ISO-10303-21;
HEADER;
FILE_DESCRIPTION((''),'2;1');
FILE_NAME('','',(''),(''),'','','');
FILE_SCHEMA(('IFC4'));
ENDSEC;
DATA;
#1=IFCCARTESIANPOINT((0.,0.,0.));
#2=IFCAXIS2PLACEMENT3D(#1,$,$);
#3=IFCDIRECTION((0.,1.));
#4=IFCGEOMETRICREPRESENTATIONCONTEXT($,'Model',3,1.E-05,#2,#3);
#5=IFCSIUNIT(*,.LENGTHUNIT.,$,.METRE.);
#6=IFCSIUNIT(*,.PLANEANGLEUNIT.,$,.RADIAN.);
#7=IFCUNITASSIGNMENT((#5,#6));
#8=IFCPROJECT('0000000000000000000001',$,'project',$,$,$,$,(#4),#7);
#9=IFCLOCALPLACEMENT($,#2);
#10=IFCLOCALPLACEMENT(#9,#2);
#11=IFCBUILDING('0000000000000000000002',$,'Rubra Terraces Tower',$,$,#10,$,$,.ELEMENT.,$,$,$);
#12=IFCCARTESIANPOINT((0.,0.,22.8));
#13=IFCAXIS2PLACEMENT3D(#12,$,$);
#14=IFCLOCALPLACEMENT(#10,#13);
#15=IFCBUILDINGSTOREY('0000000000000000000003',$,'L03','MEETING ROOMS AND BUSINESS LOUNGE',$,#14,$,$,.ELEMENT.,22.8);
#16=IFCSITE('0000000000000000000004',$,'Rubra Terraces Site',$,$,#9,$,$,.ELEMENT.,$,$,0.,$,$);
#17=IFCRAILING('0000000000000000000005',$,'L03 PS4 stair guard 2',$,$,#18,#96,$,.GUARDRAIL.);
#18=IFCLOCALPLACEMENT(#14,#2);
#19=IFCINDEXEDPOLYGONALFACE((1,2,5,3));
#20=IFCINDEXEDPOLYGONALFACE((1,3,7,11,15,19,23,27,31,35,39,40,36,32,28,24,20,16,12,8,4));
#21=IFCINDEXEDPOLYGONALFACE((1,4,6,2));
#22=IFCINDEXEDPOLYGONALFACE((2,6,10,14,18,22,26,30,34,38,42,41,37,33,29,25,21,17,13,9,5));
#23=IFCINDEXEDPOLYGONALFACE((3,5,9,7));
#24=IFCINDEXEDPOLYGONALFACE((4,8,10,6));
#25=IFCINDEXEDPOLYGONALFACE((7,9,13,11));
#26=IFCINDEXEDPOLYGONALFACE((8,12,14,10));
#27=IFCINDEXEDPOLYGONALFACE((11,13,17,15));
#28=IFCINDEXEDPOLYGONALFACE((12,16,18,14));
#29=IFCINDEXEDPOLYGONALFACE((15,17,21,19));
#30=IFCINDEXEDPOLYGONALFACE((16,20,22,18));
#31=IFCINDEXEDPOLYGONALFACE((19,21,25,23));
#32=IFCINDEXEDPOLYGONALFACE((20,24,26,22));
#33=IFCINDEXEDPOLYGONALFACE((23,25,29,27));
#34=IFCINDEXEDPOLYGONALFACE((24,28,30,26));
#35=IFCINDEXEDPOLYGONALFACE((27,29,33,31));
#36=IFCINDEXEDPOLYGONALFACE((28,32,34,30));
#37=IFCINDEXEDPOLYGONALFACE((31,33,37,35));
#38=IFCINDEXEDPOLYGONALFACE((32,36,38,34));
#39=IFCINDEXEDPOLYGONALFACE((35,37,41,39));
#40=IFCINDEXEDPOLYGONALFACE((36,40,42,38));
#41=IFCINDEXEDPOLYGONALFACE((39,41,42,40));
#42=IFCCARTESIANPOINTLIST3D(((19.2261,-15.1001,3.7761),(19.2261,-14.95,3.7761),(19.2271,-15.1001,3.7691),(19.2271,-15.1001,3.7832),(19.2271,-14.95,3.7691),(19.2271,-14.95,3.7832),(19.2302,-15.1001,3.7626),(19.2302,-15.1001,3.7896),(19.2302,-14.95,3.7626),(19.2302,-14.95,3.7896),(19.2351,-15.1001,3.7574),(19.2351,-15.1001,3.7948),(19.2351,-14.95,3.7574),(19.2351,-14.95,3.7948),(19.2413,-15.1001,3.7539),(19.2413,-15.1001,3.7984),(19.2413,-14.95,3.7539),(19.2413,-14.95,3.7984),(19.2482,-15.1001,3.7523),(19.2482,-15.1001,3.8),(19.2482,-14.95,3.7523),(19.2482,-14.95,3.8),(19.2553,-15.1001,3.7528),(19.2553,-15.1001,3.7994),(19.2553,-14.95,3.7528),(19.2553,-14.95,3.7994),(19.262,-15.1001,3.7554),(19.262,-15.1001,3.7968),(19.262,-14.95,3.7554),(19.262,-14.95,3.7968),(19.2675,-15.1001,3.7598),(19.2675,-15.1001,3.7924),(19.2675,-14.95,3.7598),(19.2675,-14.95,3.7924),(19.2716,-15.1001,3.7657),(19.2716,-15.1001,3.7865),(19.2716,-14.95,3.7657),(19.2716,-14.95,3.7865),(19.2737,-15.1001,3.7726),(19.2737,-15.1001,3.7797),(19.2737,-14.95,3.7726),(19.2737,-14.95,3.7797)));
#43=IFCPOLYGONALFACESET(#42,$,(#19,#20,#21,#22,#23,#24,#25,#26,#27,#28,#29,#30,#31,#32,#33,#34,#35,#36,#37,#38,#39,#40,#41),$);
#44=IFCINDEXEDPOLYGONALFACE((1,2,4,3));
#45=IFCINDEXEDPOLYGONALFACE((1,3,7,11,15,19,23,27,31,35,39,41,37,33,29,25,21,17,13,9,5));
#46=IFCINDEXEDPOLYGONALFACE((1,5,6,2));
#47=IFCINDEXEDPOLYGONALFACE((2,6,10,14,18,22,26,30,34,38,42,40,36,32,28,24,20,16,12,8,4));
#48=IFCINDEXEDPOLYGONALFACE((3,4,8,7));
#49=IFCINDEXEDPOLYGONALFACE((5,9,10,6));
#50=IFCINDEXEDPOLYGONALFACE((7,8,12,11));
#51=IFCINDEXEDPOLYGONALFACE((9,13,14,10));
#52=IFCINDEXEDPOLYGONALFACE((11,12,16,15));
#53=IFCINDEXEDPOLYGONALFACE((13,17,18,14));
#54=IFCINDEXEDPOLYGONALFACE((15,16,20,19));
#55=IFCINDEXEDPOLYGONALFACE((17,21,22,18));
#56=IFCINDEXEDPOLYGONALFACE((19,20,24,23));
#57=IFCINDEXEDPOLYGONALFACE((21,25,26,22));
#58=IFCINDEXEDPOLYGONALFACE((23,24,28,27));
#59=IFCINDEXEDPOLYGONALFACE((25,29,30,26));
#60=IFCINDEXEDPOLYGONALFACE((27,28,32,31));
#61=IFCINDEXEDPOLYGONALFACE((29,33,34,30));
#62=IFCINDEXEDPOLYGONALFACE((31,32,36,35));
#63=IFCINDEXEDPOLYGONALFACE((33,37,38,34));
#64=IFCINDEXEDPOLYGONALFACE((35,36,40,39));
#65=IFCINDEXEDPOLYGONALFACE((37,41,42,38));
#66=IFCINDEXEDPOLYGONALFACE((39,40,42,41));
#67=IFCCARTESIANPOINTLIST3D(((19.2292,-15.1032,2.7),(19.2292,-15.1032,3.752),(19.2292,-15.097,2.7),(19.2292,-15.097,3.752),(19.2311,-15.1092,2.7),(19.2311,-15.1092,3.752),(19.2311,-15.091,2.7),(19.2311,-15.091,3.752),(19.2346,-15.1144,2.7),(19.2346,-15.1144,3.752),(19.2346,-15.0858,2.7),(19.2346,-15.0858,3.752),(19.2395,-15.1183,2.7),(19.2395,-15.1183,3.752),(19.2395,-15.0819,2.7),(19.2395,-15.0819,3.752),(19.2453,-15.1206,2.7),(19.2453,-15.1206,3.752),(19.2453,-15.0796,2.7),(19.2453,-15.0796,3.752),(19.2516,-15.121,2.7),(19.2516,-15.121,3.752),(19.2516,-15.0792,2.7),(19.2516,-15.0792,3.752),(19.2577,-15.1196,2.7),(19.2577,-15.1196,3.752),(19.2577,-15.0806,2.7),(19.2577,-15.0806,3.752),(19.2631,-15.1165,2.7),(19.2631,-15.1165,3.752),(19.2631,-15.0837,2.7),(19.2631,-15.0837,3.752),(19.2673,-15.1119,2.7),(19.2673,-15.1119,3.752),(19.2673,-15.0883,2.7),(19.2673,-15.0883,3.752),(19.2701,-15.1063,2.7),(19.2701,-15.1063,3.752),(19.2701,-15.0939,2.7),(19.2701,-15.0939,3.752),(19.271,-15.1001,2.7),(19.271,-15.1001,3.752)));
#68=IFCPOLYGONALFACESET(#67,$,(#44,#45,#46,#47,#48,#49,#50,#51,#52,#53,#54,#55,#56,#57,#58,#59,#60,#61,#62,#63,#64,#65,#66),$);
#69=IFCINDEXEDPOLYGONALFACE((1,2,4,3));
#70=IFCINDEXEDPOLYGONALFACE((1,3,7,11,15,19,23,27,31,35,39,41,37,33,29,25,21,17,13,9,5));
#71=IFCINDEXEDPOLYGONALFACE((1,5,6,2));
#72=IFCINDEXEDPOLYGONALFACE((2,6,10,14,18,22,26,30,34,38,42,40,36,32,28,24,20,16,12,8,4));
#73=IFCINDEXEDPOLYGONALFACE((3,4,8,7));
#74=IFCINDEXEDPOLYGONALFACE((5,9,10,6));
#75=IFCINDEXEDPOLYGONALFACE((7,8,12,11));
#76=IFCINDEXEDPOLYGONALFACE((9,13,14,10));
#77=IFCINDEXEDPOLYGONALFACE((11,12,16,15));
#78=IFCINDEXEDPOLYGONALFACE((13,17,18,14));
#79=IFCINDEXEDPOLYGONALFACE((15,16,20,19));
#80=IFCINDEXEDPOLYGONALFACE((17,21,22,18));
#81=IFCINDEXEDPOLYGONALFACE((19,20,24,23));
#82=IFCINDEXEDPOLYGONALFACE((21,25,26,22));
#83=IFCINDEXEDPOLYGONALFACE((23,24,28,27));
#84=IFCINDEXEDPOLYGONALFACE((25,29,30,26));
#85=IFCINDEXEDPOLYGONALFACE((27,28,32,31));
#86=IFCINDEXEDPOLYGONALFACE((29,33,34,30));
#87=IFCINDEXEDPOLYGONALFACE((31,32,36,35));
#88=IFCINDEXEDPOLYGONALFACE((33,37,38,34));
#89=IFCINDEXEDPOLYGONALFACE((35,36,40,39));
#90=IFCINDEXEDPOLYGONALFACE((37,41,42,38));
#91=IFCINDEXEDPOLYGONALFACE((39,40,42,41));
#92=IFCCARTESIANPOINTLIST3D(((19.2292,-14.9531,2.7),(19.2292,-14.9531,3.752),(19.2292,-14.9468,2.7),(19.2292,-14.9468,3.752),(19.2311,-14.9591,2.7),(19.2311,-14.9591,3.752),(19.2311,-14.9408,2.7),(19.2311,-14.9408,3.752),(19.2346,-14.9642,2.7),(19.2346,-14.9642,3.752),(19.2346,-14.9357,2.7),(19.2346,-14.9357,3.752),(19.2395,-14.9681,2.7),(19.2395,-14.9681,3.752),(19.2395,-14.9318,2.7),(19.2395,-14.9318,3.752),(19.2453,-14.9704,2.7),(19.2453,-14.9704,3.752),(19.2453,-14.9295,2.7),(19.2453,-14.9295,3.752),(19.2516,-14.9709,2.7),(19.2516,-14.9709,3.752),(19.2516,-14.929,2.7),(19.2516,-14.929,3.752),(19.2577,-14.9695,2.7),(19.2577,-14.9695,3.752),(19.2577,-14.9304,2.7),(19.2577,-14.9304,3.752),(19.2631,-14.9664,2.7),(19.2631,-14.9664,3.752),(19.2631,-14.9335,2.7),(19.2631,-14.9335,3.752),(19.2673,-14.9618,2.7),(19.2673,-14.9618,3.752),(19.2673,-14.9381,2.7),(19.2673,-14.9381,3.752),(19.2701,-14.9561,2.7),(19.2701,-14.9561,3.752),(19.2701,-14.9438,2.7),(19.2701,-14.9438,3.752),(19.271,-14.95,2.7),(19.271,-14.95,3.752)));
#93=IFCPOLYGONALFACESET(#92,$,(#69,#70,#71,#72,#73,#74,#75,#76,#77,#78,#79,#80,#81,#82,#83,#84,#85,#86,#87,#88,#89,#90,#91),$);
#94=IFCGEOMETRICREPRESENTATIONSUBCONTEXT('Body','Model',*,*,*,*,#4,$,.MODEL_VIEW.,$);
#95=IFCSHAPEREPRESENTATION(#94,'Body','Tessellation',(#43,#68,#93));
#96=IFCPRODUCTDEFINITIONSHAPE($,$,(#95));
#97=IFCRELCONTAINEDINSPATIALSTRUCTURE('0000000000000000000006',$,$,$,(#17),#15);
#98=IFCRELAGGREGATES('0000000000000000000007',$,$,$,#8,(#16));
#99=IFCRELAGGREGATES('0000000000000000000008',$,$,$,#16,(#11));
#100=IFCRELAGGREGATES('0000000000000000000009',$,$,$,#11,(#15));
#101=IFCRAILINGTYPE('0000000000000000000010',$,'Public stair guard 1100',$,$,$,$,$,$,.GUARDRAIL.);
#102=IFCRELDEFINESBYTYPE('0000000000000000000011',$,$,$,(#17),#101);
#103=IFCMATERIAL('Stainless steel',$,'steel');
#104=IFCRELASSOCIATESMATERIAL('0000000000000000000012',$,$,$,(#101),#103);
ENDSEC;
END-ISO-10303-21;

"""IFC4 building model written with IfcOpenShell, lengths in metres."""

from ifc_helpers import new_model, si_unit, direction, frame, origin, origin_2d, place, context, subcontext, project, spatial, circle, extrude, material, type_object, element, save


model = new_model("IFC4")

# Units and contexts
model_context = context("Model", 3, precision=1e-05, world=origin(), true_north=direction((0.0, 1.0)))
body_context = subcontext(model_context, "Body", "Model", "MODEL_VIEW")
ifc_project = project(units=[si_unit("LENGTHUNIT", "METRE"), si_unit("PLANEANGLEUNIT", "RADIAN")], contexts=[model_context])

# Site, building, storey
site_placement = place(None, origin())
site = spatial("IfcSite", under=ifc_project, at=site_placement, Name="Rubra Terraces Site", CompositionType="ELEMENT", RefElevation=0.0)
building_placement = place(site_placement, origin())
building = spatial("IfcBuilding", under=site, at=building_placement, Name="Rubra Terraces Tower", CompositionType="ELEMENT")
storey_placement = place(building_placement, frame((0.0, 0.0, 22.8)))
storey = spatial("IfcBuildingStorey", under=building, at=storey_placement, Name="L03", Description="MEETING ROOMS AND BUSINESS LOUNGE", CompositionType="ELEMENT", Elevation=22.8)

# Railing
ifc_material_1 = material(Name="Stainless steel", Category="steel")
railing_type = type_object("IfcRailingType", Name="Public stair guard 1100", PredefinedType="GUARDRAIL", material=ifc_material_1)
railing_1_placement = place(storey_placement, frame((19.25, -15.1001, 2.7)))
element("IfcRailing", 1, at=railing_1_placement, inside=storey, type_object=railing_type, Name="L03 PS4 stair guard 2", PredefinedType="GUARDRAIL", context=body_context, shape_type="SweptSolid", body=[
    extrude(circle(Radius=0.0239, at=origin_2d()), frame((0.0, 0.0, 1.0762), z_axis=(0.0, 1.0, 0.0), x_axis=(-1.0, 0.0, 0.0)), (0.0, 0.0, 1.0), 0.1501),
    extrude(circle(Radius=0.021, at=origin_2d()), origin(), (0.0, 0.0, 1.0), 1.052),
    extrude(circle(Radius=0.021, at=origin_2d()), frame((0.0, 0.1501, 0.0)), (0.0, 0.0, 1.0), 1.052),
])

save(model, "model.ifc")
